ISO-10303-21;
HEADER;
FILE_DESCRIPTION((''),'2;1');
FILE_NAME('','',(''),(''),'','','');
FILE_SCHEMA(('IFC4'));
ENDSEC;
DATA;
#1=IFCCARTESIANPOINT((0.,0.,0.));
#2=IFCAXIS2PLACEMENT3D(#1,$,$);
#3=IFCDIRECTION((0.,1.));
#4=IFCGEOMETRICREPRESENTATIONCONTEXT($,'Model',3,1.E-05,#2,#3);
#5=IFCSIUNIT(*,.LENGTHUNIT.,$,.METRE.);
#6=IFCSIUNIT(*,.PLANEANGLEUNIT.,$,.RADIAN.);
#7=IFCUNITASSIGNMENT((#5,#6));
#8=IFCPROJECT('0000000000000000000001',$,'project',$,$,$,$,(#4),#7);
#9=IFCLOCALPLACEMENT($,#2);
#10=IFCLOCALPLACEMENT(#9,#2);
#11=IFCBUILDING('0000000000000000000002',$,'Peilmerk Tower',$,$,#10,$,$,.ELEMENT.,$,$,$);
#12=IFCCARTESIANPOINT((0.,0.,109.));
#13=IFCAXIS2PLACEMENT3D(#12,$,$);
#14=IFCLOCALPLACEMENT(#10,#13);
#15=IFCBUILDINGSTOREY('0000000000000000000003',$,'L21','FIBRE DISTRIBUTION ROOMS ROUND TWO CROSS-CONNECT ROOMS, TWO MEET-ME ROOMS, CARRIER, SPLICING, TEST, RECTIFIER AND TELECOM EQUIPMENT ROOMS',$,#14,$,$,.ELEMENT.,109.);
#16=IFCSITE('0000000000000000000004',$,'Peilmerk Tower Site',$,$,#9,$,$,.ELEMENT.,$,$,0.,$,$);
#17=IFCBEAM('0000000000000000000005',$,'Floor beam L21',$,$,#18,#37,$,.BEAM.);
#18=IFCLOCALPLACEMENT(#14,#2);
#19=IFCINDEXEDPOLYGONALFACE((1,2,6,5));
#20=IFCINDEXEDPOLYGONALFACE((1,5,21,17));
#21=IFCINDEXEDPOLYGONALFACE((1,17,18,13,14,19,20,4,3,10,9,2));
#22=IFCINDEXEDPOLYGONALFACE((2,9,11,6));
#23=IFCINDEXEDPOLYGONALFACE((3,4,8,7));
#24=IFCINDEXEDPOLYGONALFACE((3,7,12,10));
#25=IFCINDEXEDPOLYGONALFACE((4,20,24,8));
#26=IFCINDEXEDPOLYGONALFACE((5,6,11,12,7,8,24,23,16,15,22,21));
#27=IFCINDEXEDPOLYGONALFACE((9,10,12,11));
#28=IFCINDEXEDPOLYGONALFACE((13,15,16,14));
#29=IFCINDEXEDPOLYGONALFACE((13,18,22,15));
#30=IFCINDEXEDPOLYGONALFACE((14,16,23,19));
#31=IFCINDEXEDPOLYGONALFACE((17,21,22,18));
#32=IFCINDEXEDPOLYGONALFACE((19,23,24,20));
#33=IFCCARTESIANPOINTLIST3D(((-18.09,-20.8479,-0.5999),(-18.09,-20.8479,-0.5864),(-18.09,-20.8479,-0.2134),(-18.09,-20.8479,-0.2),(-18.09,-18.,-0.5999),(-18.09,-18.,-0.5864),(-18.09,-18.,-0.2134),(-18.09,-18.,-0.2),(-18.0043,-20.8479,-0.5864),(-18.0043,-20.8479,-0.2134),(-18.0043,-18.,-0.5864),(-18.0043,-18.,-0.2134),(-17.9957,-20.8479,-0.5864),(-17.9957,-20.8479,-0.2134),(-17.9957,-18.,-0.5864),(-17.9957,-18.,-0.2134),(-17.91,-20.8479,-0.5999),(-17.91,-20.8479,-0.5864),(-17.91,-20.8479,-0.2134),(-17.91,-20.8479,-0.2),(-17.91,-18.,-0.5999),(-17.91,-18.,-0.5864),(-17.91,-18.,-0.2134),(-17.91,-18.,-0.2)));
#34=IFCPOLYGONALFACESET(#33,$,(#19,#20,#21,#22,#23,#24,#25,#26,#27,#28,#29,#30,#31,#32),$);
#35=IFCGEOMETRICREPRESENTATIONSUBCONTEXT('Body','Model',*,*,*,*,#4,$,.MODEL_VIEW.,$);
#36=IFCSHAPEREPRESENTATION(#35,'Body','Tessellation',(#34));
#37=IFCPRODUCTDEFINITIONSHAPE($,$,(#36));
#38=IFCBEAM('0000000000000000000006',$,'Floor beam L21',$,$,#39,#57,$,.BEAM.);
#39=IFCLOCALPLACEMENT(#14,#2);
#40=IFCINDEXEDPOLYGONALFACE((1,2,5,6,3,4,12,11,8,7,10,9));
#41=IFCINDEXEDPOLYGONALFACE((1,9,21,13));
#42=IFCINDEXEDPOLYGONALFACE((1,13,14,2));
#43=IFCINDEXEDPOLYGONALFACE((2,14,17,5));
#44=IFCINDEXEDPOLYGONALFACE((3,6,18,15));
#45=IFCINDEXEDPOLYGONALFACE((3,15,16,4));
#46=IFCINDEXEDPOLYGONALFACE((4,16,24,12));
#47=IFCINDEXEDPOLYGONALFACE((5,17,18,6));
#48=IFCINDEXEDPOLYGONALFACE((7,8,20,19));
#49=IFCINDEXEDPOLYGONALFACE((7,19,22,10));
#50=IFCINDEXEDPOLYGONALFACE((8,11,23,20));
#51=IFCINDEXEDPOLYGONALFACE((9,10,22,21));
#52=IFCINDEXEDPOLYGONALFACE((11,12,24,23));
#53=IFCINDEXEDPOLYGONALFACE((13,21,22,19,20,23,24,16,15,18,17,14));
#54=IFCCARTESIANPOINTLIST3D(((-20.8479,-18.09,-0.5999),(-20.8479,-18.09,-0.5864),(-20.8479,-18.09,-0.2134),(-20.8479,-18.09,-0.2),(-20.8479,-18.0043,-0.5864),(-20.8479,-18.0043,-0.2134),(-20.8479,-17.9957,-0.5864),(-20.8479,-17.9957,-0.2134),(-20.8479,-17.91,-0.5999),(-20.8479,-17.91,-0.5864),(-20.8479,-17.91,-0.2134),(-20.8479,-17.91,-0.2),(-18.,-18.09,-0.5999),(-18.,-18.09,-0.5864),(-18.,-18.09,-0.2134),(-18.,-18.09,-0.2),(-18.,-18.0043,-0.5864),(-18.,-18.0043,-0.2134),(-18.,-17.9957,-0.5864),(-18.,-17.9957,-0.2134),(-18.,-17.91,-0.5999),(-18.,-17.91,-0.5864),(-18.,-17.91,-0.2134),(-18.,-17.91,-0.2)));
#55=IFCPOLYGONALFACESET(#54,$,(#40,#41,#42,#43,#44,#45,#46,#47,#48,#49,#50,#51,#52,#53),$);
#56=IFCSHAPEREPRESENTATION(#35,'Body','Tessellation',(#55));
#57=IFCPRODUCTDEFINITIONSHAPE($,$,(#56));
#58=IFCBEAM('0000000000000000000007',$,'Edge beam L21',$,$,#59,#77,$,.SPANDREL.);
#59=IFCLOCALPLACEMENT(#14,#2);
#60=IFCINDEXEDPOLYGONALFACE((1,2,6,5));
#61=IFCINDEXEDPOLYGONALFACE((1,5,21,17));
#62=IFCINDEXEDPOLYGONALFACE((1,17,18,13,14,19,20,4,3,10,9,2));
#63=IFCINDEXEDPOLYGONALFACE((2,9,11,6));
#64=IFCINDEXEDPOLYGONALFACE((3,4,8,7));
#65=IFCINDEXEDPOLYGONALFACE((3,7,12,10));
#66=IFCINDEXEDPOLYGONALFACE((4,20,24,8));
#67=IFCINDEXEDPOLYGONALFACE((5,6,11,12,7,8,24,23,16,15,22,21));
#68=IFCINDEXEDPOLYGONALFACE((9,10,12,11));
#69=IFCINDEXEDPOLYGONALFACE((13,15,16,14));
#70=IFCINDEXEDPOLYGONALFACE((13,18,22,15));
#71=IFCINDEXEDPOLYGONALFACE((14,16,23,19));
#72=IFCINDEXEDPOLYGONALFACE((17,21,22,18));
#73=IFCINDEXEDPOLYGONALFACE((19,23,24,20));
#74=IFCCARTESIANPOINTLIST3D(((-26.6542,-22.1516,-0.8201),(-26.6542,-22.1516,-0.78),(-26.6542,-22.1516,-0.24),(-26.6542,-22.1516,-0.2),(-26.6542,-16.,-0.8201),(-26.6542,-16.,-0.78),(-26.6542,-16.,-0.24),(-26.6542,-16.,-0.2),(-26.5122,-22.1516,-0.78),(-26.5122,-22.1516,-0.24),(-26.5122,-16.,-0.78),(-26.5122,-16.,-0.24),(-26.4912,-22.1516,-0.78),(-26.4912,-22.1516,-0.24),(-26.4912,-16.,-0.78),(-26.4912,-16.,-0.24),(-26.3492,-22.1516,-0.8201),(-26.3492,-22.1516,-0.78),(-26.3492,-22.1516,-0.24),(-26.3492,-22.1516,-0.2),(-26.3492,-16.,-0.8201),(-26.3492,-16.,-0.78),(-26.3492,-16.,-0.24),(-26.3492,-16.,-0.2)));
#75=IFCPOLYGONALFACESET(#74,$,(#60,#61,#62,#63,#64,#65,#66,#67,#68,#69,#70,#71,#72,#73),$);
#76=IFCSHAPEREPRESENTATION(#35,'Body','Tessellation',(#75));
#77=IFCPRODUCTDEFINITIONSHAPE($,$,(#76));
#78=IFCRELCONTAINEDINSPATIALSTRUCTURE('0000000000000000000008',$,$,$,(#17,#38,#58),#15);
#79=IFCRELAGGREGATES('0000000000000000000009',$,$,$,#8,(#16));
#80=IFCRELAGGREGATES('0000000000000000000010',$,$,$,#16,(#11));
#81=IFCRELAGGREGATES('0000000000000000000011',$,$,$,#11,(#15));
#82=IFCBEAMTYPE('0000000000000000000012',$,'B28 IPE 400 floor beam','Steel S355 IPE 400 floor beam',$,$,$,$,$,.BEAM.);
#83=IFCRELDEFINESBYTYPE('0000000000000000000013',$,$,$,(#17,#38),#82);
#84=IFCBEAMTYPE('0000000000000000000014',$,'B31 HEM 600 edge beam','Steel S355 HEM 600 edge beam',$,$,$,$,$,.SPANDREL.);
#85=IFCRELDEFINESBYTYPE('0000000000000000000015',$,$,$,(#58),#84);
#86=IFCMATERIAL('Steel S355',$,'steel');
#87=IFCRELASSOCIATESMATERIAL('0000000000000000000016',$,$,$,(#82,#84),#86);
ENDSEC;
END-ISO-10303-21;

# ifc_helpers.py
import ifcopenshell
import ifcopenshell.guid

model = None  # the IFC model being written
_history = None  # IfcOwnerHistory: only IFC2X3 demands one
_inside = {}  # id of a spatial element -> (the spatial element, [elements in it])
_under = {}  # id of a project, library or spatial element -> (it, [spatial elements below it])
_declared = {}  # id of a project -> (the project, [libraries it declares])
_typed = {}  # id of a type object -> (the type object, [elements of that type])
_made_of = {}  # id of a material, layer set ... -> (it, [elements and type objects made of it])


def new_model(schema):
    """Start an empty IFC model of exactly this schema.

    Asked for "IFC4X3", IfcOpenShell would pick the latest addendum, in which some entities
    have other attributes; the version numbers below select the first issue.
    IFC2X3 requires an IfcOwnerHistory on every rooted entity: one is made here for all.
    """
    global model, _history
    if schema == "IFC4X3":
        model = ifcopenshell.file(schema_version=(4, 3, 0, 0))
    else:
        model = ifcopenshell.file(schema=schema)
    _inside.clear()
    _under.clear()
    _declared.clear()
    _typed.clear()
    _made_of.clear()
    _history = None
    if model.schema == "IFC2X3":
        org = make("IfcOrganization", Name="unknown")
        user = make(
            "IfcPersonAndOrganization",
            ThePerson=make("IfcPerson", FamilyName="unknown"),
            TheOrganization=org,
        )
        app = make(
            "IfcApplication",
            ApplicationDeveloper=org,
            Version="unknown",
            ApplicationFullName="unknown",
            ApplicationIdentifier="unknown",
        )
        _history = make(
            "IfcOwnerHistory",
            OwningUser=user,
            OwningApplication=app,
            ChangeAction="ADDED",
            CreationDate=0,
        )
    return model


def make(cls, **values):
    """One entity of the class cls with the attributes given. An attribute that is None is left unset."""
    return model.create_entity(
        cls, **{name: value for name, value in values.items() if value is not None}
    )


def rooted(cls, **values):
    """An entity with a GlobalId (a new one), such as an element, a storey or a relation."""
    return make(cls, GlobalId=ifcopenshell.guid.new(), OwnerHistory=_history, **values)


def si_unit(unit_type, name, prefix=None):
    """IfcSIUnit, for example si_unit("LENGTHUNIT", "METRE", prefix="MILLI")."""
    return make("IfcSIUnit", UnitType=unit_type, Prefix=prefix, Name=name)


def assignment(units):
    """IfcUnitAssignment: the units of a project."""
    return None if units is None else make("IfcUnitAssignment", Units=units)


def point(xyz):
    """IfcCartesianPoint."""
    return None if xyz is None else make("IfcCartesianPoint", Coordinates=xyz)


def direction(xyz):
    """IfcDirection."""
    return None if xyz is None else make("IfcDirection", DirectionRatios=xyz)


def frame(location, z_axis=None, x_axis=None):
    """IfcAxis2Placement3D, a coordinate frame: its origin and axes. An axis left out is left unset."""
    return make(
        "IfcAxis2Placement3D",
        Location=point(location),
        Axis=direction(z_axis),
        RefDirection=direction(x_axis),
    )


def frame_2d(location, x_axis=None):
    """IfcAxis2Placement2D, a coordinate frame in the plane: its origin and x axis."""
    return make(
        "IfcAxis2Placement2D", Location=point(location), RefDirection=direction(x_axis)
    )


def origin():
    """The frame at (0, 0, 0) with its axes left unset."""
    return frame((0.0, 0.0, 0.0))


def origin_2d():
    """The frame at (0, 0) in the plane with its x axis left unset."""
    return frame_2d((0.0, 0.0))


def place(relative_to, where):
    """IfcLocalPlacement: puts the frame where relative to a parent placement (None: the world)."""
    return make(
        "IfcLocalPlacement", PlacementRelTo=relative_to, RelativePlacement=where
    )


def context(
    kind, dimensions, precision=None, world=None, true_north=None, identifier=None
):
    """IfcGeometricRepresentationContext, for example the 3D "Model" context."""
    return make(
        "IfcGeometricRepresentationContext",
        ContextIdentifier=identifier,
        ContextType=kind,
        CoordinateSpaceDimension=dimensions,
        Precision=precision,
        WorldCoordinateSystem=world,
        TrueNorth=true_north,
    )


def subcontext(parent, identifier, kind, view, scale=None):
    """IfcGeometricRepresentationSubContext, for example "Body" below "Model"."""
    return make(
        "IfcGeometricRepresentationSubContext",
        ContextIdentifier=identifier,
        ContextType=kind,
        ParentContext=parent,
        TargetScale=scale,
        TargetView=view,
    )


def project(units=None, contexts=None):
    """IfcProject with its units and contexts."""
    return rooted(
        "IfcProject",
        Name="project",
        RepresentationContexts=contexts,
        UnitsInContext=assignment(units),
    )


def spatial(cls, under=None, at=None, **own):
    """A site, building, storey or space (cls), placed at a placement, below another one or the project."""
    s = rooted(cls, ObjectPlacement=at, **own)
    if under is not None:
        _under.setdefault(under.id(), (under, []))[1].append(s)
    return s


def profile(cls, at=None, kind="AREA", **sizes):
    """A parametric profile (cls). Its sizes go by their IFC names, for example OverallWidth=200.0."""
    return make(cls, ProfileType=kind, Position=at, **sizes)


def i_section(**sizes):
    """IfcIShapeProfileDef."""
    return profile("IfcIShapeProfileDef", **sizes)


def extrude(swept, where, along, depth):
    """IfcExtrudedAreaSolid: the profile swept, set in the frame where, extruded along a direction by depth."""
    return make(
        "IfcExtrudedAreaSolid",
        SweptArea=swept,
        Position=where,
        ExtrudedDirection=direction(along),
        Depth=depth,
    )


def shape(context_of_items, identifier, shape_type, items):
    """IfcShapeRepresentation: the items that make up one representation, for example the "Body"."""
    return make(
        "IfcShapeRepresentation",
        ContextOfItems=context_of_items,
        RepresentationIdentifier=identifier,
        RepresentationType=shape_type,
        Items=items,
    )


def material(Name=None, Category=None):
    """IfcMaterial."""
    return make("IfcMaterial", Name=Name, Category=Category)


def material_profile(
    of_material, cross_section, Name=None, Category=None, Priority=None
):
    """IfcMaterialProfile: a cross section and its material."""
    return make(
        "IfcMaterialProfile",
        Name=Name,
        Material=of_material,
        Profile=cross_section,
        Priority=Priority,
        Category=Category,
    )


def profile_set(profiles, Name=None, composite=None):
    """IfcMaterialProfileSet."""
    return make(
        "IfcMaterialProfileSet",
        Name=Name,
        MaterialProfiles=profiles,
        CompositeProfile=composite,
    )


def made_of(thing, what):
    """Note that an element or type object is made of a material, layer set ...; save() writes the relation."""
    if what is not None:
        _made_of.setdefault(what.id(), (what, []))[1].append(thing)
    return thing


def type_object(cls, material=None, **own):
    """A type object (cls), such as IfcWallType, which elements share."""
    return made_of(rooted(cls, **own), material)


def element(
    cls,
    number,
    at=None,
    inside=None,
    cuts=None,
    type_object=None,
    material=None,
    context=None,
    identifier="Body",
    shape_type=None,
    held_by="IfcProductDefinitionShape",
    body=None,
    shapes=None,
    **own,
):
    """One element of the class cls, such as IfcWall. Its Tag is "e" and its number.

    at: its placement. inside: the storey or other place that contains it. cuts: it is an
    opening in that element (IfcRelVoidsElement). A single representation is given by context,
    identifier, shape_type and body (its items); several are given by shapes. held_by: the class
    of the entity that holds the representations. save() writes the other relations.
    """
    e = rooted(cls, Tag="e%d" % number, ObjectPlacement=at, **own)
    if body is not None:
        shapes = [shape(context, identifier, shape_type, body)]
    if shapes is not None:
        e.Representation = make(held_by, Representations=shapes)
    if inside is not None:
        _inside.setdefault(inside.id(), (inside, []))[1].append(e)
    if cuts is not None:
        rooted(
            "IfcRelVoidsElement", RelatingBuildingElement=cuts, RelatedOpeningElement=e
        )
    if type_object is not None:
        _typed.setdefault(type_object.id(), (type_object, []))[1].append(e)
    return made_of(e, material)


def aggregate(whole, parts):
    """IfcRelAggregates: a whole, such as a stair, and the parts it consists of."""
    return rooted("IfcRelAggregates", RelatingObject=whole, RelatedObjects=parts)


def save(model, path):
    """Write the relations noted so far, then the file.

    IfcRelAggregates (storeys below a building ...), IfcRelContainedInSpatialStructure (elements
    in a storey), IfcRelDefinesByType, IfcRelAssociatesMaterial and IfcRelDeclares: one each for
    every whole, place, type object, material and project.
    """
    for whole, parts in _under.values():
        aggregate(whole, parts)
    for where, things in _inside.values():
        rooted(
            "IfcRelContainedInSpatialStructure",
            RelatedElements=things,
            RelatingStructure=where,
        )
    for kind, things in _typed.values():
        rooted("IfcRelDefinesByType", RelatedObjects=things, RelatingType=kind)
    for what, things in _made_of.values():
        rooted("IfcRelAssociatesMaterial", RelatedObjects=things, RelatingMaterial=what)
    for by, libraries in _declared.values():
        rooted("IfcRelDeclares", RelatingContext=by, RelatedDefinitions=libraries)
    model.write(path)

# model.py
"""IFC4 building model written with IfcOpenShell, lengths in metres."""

from ifc_helpers import new_model, si_unit, direction, frame, origin, origin_2d, place, context, subcontext, project, spatial, i_section, extrude, material, material_profile, profile_set, type_object, element, save


model = new_model("IFC4")

# Units and contexts
model_context = context("Model", 3, precision=1e-05, world=origin(), true_north=direction((0.0, 1.0)))
body_context = subcontext(model_context, "Body", "Model", "MODEL_VIEW")
ifc_project = project(units=[si_unit("LENGTHUNIT", "METRE"), si_unit("PLANEANGLEUNIT", "RADIAN")], contexts=[model_context])

# Site, building, storey
site_placement = place(None, origin())
site = spatial("IfcSite", under=ifc_project, at=site_placement, Name="Peilmerk Tower Site", CompositionType="ELEMENT", RefElevation=0.0)
building_placement = place(site_placement, origin())
building = spatial("IfcBuilding", under=site, at=building_placement, Name="Peilmerk Tower", CompositionType="ELEMENT")
storey_placement = place(building_placement, frame((0.0, 0.0, 109.0)))
storey = spatial("IfcBuildingStorey", under=building, at=storey_placement, Name="L21", Description="FIBRE DISTRIBUTION ROOMS ROUND TWO CROSS-CONNECT ROOMS, TWO MEET-ME ROOMS, CARRIER, SPLICING, TEST, RECTIFIER AND TELECOM EQUIPMENT ROOMS", CompositionType="ELEMENT", Elevation=109.0)

# Beams
ifc_material_1 = material(Name="Steel S355", Category="steel")
ifc_material_profile_1 = material_profile(ifc_material_1, i_section(OverallWidth=0.1799, OverallDepth=0.3999, WebThickness=0.0085, FlangeThickness=0.0134, at=origin_2d()), Name="IPE 400")
ifc_profile_set_1 = profile_set([ifc_material_profile_1], Name="Steel S355")
beam_type_1 = type_object("IfcBeamType", Name="B28 IPE 400 floor beam", Description="Steel S355 IPE 400 floor beam", PredefinedType="BEAM", material=ifc_profile_set_1)
for number, where, z_axis, x_axis, name in (
    (1, (-18.0, -18.0, -0.3999), (0.0, -1.0, 0.0), (1.0, 0.0, 0.0), "Floor beam L21"),
    (2, (-18.0, -18.0, -0.3999), (-1.0, 0.0, 0.0), (0.0, -1.0, 0.0), "Floor beam L21"),
):
    element("IfcBeam", number, at=place(storey_placement, frame(where, z_axis=z_axis, x_axis=x_axis)), inside=storey, type_object=beam_type_1, Name=name, PredefinedType="BEAM", context=body_context, shape_type="SweptSolid", body=[
        extrude(i_section(OverallWidth=0.1799, OverallDepth=0.3999, WebThickness=0.0085, FlangeThickness=0.0134, at=origin_2d()), origin(), (0.0, 0.0, 1.0), 2.8479),
    ])
ifc_material_profile_2 = material_profile(ifc_material_1, i_section(OverallWidth=0.3049, OverallDepth=0.6201, WebThickness=0.021, FlangeThickness=0.04, at=origin_2d()), Name="HEM 600")
ifc_profile_set_2 = profile_set([ifc_material_profile_2], Name="Steel S355")
beam_type_2 = type_object("IfcBeamType", Name="B31 HEM 600 edge beam", Description="Steel S355 HEM 600 edge beam", PredefinedType="SPANDREL", material=ifc_profile_set_2)
beam_1_placement = place(storey_placement, frame((-26.5017, -16.0, -0.51), z_axis=(0.0, -1.0, 0.0), x_axis=(1.0, 0.0, 0.0)))
element("IfcBeam", 3, at=beam_1_placement, inside=storey, type_object=beam_type_2, Name="Edge beam L21", PredefinedType="SPANDREL", context=body_context, shape_type="SweptSolid", body=[
    extrude(i_section(OverallWidth=0.3049, OverallDepth=0.6201, WebThickness=0.021, FlangeThickness=0.04, at=origin_2d()), origin(), (0.0, 0.0, 1.0), 6.1516),
])

save(model, "model.ifc")
